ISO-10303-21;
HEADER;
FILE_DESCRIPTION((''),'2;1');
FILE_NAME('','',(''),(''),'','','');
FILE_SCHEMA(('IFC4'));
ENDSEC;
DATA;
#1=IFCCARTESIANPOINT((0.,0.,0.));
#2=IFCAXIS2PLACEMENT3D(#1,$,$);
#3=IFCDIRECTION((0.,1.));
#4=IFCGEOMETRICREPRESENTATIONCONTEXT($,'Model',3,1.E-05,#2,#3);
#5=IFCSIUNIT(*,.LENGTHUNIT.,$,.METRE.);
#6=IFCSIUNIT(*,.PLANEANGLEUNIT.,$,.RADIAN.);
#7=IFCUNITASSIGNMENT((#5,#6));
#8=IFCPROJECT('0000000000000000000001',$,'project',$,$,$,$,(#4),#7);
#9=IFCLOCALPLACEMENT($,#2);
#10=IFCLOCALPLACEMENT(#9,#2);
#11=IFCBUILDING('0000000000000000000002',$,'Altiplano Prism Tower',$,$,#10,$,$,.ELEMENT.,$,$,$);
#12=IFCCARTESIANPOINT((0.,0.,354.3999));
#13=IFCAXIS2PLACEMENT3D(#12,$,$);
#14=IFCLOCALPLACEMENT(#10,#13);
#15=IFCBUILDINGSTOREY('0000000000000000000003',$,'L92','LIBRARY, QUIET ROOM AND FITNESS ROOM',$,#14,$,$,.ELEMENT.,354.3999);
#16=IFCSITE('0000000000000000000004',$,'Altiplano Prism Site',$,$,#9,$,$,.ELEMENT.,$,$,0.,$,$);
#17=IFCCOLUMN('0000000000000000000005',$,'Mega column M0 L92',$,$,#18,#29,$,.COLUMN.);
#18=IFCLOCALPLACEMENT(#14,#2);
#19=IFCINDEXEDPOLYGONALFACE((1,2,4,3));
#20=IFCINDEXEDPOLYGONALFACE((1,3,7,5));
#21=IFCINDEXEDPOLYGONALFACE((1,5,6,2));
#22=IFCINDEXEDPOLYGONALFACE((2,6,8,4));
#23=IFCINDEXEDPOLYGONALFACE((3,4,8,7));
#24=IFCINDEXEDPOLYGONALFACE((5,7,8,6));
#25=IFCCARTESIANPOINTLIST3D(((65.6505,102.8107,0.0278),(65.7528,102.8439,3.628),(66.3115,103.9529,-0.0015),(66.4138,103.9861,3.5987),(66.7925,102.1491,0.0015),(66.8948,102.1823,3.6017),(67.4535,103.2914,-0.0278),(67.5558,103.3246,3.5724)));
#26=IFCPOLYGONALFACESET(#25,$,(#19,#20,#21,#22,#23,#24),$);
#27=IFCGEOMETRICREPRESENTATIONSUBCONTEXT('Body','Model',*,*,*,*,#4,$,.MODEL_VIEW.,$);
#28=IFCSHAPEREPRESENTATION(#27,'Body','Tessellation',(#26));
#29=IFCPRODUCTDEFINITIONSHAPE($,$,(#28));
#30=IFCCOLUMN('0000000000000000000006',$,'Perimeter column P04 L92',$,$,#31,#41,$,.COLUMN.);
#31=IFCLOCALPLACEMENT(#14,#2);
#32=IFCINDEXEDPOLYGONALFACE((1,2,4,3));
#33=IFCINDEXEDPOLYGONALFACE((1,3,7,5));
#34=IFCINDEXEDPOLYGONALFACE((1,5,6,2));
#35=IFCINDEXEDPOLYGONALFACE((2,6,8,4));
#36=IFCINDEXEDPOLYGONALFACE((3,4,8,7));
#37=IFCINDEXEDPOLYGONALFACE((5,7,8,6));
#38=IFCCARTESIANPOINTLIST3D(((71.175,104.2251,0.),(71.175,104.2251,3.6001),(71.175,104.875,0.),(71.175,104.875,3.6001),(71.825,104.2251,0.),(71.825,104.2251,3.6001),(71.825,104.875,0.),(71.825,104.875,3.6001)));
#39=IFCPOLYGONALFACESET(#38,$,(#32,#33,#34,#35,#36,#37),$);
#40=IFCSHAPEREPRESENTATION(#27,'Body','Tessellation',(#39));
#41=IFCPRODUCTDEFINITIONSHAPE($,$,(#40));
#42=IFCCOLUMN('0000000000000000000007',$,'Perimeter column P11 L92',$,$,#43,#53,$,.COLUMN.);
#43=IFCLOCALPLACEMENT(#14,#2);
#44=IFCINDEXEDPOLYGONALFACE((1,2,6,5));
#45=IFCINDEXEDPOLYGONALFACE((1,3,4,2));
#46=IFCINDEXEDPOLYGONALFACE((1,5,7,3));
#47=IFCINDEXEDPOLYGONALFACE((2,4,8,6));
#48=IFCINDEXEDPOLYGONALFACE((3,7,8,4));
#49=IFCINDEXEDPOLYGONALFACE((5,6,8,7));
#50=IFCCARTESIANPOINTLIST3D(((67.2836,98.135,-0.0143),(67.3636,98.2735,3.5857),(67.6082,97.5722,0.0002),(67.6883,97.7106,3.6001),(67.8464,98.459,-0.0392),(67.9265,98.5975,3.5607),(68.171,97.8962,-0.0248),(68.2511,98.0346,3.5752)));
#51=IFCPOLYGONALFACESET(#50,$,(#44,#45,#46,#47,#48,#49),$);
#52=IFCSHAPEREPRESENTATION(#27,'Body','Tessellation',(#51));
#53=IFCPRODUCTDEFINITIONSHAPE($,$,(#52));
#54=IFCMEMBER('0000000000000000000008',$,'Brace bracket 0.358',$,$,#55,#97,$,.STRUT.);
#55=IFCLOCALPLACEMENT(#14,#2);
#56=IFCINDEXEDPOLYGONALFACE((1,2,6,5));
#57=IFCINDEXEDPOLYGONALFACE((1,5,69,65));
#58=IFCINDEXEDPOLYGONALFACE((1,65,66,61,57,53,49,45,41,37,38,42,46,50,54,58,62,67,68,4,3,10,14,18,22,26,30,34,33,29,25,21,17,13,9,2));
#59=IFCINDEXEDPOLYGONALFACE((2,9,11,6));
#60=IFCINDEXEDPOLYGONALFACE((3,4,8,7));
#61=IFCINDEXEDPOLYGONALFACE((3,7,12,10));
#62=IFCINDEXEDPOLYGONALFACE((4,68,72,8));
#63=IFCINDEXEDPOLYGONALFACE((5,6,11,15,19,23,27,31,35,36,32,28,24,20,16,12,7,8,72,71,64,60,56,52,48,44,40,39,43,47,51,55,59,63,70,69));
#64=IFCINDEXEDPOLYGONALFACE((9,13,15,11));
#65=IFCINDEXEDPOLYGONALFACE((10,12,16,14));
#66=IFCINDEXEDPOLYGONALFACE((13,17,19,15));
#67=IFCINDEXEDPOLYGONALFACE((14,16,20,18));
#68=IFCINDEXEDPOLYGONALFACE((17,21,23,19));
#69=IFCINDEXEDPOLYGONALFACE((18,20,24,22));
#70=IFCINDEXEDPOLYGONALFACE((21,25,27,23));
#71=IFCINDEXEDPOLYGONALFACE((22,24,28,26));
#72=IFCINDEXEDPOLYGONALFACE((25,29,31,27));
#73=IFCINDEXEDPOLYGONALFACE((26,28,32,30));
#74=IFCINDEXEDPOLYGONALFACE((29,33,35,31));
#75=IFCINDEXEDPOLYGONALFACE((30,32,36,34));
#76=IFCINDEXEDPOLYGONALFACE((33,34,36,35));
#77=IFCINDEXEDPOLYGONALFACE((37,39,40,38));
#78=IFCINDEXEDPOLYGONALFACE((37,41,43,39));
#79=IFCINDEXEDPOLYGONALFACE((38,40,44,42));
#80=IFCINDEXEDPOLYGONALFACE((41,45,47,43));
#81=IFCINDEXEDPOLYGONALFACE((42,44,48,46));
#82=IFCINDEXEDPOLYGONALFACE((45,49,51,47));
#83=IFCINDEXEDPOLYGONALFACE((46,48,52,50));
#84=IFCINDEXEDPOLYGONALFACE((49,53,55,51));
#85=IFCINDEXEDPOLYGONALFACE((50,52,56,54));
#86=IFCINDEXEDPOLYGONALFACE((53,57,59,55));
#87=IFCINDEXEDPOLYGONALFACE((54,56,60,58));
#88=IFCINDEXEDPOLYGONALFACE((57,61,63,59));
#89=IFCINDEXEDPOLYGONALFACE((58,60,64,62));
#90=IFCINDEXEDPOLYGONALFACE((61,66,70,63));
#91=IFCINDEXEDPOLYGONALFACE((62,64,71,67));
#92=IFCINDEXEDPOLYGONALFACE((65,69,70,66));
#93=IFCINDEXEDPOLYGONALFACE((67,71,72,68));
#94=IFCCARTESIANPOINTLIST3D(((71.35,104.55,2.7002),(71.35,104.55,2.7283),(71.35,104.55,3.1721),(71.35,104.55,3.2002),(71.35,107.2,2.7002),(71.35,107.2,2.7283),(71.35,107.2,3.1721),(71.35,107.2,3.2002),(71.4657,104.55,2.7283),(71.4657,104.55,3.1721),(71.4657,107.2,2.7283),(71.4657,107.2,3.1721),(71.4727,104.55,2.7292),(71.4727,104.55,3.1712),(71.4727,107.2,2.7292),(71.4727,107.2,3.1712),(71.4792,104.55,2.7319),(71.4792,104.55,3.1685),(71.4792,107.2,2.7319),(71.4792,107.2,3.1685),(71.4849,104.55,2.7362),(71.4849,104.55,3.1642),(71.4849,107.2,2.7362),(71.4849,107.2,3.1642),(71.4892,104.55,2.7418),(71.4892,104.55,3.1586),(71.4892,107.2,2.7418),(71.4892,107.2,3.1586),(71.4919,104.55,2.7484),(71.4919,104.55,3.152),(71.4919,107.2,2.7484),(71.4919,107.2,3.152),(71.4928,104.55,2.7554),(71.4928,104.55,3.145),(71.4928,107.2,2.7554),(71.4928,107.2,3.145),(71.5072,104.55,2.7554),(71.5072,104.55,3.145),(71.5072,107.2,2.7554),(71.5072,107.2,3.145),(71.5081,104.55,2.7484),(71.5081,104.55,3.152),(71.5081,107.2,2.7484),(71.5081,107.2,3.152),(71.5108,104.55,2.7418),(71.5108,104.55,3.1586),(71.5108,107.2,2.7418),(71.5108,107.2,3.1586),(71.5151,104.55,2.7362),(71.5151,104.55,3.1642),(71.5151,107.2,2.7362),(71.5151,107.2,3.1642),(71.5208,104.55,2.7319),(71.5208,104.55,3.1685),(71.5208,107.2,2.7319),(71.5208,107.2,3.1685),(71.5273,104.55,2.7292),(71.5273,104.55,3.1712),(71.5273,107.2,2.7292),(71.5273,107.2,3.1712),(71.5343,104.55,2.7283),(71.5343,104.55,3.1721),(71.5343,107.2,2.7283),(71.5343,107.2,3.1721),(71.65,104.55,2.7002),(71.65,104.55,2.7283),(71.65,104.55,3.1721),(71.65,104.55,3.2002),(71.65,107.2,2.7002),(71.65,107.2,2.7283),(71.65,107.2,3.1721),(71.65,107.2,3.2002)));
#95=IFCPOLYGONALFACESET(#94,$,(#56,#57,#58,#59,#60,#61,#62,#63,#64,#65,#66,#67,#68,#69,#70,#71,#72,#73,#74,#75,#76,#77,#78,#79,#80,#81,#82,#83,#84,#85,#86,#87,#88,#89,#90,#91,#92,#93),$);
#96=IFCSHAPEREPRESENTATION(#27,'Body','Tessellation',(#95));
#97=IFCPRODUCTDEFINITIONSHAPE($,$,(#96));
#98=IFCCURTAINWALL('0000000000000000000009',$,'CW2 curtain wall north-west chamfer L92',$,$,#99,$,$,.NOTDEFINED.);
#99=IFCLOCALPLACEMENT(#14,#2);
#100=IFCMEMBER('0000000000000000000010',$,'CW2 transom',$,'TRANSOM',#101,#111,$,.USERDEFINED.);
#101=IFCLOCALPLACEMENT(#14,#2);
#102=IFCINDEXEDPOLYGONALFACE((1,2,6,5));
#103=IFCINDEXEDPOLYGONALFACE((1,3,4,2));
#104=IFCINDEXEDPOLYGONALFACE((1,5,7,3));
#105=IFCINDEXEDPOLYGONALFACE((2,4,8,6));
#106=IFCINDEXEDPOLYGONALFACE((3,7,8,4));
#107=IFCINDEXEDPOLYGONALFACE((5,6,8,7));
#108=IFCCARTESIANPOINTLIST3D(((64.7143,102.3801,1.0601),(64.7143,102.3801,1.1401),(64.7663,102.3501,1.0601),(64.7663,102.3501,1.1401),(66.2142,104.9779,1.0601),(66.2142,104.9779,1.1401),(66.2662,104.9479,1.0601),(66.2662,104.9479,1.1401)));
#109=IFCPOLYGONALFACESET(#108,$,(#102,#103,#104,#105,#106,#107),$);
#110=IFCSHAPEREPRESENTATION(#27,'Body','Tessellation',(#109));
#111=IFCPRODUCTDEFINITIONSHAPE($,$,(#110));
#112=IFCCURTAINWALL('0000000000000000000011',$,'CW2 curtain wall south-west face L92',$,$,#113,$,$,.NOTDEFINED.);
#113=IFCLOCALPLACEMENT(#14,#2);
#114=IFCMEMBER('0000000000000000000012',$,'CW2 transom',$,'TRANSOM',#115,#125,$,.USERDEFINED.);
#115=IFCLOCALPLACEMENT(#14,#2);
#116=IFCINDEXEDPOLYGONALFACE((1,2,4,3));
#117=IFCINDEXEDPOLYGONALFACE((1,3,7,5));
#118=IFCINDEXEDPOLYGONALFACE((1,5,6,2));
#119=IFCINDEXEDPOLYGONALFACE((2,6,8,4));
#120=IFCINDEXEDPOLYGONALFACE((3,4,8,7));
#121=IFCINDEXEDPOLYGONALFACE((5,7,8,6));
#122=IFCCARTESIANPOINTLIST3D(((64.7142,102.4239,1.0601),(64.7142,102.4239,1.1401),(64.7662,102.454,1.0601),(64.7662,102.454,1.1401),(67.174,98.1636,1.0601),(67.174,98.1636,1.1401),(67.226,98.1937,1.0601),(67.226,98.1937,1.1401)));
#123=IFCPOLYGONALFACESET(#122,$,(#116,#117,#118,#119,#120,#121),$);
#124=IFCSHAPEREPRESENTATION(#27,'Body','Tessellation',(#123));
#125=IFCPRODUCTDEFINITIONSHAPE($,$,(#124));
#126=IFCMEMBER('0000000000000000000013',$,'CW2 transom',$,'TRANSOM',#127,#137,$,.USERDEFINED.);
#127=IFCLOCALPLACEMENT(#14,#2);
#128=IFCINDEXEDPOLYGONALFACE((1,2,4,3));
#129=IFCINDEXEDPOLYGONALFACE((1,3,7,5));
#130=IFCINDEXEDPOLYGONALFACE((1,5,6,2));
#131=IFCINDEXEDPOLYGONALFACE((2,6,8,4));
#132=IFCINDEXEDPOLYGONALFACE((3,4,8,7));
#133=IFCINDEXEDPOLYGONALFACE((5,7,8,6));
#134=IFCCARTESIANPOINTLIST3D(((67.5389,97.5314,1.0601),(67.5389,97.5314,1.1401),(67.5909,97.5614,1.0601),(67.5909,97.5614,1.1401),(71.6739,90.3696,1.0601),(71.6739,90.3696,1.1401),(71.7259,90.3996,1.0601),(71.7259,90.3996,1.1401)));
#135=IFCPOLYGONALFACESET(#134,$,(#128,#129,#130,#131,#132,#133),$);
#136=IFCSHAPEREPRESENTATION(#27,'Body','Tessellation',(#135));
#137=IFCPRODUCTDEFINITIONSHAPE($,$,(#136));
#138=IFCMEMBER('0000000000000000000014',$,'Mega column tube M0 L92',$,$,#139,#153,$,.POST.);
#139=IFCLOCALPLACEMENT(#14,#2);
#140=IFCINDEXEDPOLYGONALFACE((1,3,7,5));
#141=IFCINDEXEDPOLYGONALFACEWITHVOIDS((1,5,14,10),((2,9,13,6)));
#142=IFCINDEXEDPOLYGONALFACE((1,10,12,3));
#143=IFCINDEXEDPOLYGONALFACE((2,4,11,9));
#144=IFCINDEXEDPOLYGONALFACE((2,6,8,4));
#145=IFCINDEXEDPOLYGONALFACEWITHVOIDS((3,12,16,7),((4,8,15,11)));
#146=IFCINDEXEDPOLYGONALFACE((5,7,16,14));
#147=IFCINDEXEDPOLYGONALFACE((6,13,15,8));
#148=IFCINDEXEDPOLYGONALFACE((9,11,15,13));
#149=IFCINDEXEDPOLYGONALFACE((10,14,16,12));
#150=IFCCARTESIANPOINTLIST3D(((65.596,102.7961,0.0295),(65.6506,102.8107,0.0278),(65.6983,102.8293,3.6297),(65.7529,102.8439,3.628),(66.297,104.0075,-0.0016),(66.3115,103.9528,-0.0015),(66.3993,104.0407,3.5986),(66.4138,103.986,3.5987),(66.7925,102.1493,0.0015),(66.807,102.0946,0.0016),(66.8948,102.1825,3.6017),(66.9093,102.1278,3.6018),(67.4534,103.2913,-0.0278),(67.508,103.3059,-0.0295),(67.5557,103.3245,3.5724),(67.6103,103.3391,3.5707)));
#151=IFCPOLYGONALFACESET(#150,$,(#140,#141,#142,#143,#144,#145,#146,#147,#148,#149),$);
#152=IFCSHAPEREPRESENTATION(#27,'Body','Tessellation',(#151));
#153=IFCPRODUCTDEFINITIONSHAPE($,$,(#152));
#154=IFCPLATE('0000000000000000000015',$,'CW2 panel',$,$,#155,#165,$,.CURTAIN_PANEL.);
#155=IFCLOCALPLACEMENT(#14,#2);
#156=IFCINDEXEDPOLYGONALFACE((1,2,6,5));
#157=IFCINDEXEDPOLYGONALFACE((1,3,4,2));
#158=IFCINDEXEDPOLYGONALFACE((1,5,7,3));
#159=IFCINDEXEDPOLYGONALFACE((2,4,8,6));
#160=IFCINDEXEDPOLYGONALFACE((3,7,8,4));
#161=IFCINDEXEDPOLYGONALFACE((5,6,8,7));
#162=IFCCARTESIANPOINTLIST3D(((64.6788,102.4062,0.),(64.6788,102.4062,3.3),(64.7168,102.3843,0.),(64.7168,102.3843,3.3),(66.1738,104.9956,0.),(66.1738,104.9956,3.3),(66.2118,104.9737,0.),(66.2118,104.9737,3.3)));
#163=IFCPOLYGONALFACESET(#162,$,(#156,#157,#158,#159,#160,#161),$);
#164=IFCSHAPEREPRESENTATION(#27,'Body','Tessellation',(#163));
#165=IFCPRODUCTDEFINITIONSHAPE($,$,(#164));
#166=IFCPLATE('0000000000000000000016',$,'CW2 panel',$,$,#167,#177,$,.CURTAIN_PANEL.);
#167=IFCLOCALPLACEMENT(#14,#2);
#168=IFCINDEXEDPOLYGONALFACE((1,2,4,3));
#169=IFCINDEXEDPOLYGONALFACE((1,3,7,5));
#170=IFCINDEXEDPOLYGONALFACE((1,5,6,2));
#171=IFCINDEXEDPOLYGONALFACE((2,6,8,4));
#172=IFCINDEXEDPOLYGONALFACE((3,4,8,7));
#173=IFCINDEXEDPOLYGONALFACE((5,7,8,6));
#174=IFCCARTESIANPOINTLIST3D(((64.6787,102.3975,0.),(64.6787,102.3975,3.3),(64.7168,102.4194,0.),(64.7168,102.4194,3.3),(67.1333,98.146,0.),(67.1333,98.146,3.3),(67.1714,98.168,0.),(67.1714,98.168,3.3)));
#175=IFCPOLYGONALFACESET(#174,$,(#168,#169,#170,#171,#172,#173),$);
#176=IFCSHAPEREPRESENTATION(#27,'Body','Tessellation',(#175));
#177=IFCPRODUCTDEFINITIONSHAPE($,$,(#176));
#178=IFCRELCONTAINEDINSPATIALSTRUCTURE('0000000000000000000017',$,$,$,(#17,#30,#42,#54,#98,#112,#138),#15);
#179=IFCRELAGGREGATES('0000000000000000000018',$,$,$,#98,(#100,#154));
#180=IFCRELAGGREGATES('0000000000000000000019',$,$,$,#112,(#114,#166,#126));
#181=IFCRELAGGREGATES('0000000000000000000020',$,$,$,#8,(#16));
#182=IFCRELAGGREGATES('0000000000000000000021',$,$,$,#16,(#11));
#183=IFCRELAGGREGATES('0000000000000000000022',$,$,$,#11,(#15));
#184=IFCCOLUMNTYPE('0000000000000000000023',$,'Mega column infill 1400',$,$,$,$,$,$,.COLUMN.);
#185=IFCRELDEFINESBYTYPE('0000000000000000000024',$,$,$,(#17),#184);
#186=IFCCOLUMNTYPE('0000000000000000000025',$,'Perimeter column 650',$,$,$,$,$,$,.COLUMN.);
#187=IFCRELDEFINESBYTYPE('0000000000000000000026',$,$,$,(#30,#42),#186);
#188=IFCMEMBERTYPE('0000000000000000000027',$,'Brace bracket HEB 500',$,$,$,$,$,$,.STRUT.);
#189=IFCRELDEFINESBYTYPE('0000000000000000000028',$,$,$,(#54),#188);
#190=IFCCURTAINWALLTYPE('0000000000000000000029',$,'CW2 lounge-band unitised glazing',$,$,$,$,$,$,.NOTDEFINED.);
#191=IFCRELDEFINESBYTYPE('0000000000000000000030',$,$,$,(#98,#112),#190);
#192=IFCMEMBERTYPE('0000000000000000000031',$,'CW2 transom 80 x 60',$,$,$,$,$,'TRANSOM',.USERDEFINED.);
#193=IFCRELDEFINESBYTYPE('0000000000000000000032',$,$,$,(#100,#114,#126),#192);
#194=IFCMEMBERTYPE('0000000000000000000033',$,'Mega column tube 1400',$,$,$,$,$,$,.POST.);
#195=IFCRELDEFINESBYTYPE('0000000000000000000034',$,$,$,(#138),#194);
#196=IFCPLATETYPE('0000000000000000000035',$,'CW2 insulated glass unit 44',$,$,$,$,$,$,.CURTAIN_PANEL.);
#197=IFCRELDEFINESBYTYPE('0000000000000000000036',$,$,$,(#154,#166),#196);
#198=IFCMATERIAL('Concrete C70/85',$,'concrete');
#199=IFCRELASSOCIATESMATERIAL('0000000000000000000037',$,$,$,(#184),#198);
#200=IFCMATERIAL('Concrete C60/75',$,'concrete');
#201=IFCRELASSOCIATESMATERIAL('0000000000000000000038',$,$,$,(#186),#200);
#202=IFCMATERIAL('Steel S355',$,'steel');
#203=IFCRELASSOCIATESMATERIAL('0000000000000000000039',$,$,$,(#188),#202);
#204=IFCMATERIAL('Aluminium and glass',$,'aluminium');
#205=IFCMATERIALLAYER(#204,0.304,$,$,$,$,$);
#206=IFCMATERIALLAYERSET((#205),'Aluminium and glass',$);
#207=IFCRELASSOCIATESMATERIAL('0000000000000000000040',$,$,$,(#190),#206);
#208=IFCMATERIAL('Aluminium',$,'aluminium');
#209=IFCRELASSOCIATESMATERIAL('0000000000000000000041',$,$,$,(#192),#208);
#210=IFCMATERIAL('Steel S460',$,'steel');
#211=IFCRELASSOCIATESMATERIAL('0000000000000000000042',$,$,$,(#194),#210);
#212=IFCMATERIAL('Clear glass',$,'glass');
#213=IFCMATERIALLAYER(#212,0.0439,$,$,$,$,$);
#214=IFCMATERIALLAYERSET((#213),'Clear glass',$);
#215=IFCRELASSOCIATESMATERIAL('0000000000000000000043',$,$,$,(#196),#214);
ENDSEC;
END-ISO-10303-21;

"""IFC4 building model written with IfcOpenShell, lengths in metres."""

from ifc_helpers import new_model, si_unit, direction, frame, origin, origin_2d, place, context, subcontext, project, spatial, rectangle, hollow_rectangle, i_section, extrude, material, layer, layer_set, material_profile, profile_set, type_object, element, aggregate, save


model = new_model("IFC4")

# Units and contexts
model_context = context("Model", 3, precision=1e-05, world=origin(), true_north=direction((0.0, 1.0)))
body_context = subcontext(model_context, "Body", "Model", "MODEL_VIEW")
ifc_project = project(units=[si_unit("LENGTHUNIT", "METRE"), si_unit("PLANEANGLEUNIT", "RADIAN")], contexts=[model_context])

# Site, building, storey
site_placement = place(None, origin())
site = spatial("IfcSite", under=ifc_project, at=site_placement, Name="Altiplano Prism Site", CompositionType="ELEMENT", RefElevation=0.0)
building_placement = place(site_placement, origin())
building = spatial("IfcBuilding", under=site, at=building_placement, Name="Altiplano Prism Tower", CompositionType="ELEMENT")
storey_placement = place(building_placement, frame((0.0, 0.0, 354.3999)))
storey = spatial("IfcBuildingStorey", under=building, at=storey_placement, Name="L92", Description="LIBRARY, QUIET ROOM AND FITNESS ROOM", CompositionType="ELEMENT", Elevation=354.3999)

# Columns
ifc_material_1 = material(Name="Concrete C70/85", Category="concrete")
ifc_material_profile_1 = material_profile(ifc_material_1, rectangle(XDim=1.3201, YDim=1.3201, at=origin_2d()), Name="Mega column infill 1400")
ifc_profile_set_1 = profile_set([ifc_material_profile_1], Name="Concrete C70/85")
column_type_1 = type_object("IfcColumnType", Name="Mega column infill 1400", PredefinedType="COLUMN", material=ifc_profile_set_1)
column_1_placement = place(storey_placement, frame((66.552, 103.051, 0.0), z_axis=(0.028402, 0.009219, 0.999554), x_axis=(-0.865124, 0.50116, 0.01996)))
element("IfcColumn", 1, at=column_1_placement, inside=storey, type_object=column_type_1, Name="Mega column M0 L92", PredefinedType="COLUMN", context=body_context, shape_type="SweptSolid", body=[
    extrude(rectangle(XDim=1.3201, YDim=1.3201, at=origin_2d()), origin(), (0.0, 0.0, 1.0), 3.6018),
])
ifc_material_2 = material(Name="Concrete C60/75", Category="concrete")
ifc_material_profile_2 = material_profile(ifc_material_2, rectangle(XDim=0.6499, YDim=0.6499, at=origin_2d()), Name="Perimeter column 650")
ifc_profile_set_2 = profile_set([ifc_material_profile_2], Name="Concrete C60/75")
column_type_2 = type_object("IfcColumnType", Name="Perimeter column 650", PredefinedType="COLUMN", material=ifc_profile_set_2)
column_2_placement = place(storey_placement, frame((71.5, 104.55, 0.0), z_axis=(0.0, 0.0, 1.0), x_axis=(1.0, 0.0, 0.0)))
element("IfcColumn", 2, at=column_2_placement, inside=storey, type_object=column_type_2, Name="Perimeter column P04 L92", PredefinedType="COLUMN", context=body_context, shape_type="SweptSolid", body=[
    extrude(rectangle(XDim=0.6499, YDim=0.6499, at=origin_2d()), origin(), (0.0, 0.0, 1.0), 3.6001),
])
column_3_placement = place(storey_placement, frame((67.7273, 98.0156, -0.0195), z_axis=(0.022223, 0.038416, 0.999015), x_axis=(-0.866021, -0.498528, 0.038435)))
element("IfcColumn", 3, at=column_3_placement, inside=storey, type_object=column_type_2, Name="Perimeter column P11 L92", PredefinedType="COLUMN", context=body_context, shape_type="SweptSolid", body=[
    extrude(rectangle(XDim=0.6499, YDim=0.6499, at=origin_2d()), origin(), (0.0, 0.0, 1.0), 3.6035),
])

# Member
ifc_material_3 = material(Name="Steel S355", Category="steel")
ifc_material_profile_3 = material_profile(ifc_material_3, i_section(OverallWidth=0.3, OverallDepth=0.5, WebThickness=0.0144, FlangeThickness=0.0281, FilletRadius=0.0271, at=origin_2d()), Name="Brace bracket HEB 500")
ifc_profile_set_3 = profile_set([ifc_material_profile_3], Name="Steel S355")
member_type_1 = type_object("IfcMemberType", Name="Brace bracket HEB 500", PredefinedType="STRUT", material=ifc_profile_set_3)
member_1_placement = place(storey_placement, frame((71.5, 104.55, 2.9502), z_axis=(0.0, 1.0, 0.0), x_axis=(-1.0, 0.0, 0.0)))
element("IfcMember", 4, at=member_1_placement, inside=storey, type_object=member_type_1, Name="Brace bracket 0.358", PredefinedType="STRUT", context=body_context, shape_type="SweptSolid", body=[
    extrude(i_section(OverallWidth=0.3, OverallDepth=0.5, WebThickness=0.0144, FlangeThickness=0.0281, FilletRadius=0.0271, at=origin_2d()), origin(), (0.0, 0.0, 1.0), 2.6499),
])

# Curtain wall, member
ifc_material_4 = material(Name="Aluminium and glass", Category="aluminium")
ifc_layer_1 = layer(ifc_material_4, 0.304)
ifc_layer_set_1 = layer_set([ifc_layer_1], Name="Aluminium and glass")
curtain_wall_type = type_object("IfcCurtainWallType", Name="CW2 lounge-band unitised glazing", PredefinedType="NOTDEFINED", material=ifc_layer_set_1)
curtain_wall_1_placement = place(storey_placement, origin())
curtain_wall_1 = element("IfcCurtainWall", 5, at=curtain_wall_1_placement, inside=storey, type_object=curtain_wall_type, Name="CW2 curtain wall north-west chamfer L92", PredefinedType="NOTDEFINED")
ifc_material_5 = material(Name="Aluminium", Category="aluminium")
ifc_material_profile_4 = material_profile(ifc_material_5, rectangle(XDim=0.0601, YDim=0.0801, at=origin_2d()), Name="CW2 transom 80 x 60")
ifc_profile_set_4 = profile_set([ifc_material_profile_4], Name="Aluminium")
member_type_2 = type_object("IfcMemberType", Name="CW2 transom 80 x 60", ElementType="TRANSOM", PredefinedType="USERDEFINED", material=ifc_profile_set_4)
member_2_placement = place(storey_placement, frame((66.2402, 104.9629, 1.1001), z_axis=(-0.500025, -0.866011, 0.0), x_axis=(0.866011, -0.500025, 0.0)))
member_2 = element("IfcMember", 6, at=member_2_placement, type_object=member_type_2, Name="CW2 transom", ObjectType="TRANSOM", PredefinedType="USERDEFINED", context=body_context, shape_type="SweptSolid", body=[
    extrude(rectangle(XDim=0.0601, YDim=0.0801, at=origin_2d()), origin(), (0.0, 0.0, 1.0), 2.9998),
])

# Curtain wall, members
curtain_wall_2_placement = place(storey_placement, origin())
curtain_wall_2 = element("IfcCurtainWall", 7, at=curtain_wall_2_placement, inside=storey, type_object=curtain_wall_type, Name="CW2 curtain wall south-west face L92", PredefinedType="NOTDEFINED")
member_3_placement = place(storey_placement, frame((64.7402, 102.439, 1.1001), z_axis=(0.500009, -0.86602, 0.0), x_axis=(0.86602, 0.500009, 0.0)))
member_3 = element("IfcMember", 8, at=member_3_placement, type_object=member_type_2, Name="CW2 transom", ObjectType="TRANSOM", PredefinedType="USERDEFINED", context=body_context, shape_type="SweptSolid", body=[
    extrude(rectangle(XDim=0.0601, YDim=0.0801, at=origin_2d()), origin(), (0.0, 0.0, 1.0), 4.9194),
])
member_4_placement = place(storey_placement, frame((67.5649, 97.5464, 1.1001), z_axis=(0.50001, -0.86602, 0.0), x_axis=(0.86602, 0.50001, 0.0)))
member_4 = element("IfcMember", 9, at=member_4_placement, type_object=member_type_2, Name="CW2 transom", ObjectType="TRANSOM", PredefinedType="USERDEFINED", context=body_context, shape_type="SweptSolid", body=[
    extrude(rectangle(XDim=0.0601, YDim=0.0801, at=origin_2d()), origin(), (0.0, 0.0, 1.0), 8.2698),
])

# Member
ifc_material_6 = material(Name="Steel S460", Category="steel")
ifc_material_profile_5 = material_profile(ifc_material_6, hollow_rectangle(XDim=1.3999, YDim=1.3999, WallThickness=0.04, at=origin_2d()), Name="Mega column tube 1400")
ifc_profile_set_5 = profile_set([ifc_material_profile_5], Name="Steel S460")
member_type_3 = type_object("IfcMemberType", Name="Mega column tube 1400", PredefinedType="POST", material=ifc_profile_set_5)
member_5_placement = place(storey_placement, frame((66.552, 103.051, 0.0), z_axis=(0.028402, 0.009219, 0.999554), x_axis=(-0.865124, 0.50116, 0.01996)))
element("IfcMember", 10, at=member_5_placement, inside=storey, type_object=member_type_3, Name="Mega column tube M0 L92", PredefinedType="POST", context=body_context, shape_type="SweptSolid", body=[
    extrude(hollow_rectangle(XDim=1.3999, YDim=1.3999, WallThickness=0.04, at=origin_2d()), origin(), (0.0, 0.0, 1.0), 3.6018),
])

# Plates
ifc_material_7 = material(Name="Clear glass", Category="glass")
ifc_layer_2 = layer(ifc_material_7, 0.0439)
ifc_layer_set_2 = layer_set([ifc_layer_2], Name="Clear glass")
plate_type = type_object("IfcPlateType", Name="CW2 insulated glass unit 44", PredefinedType="CURTAIN_PANEL", material=ifc_layer_set_2)
plate_1_placement = place(storey_placement, frame((65.4453, 103.6899, 0.0), z_axis=(0.0, 0.0, 1.0), x_axis=(-0.5, -0.866025, 0.0)))
plate_1 = element("IfcPlate", 11, at=plate_1_placement, type_object=plate_type, Name="CW2 panel", PredefinedType="CURTAIN_PANEL", context=body_context, shape_type="SweptSolid", body=[
    extrude(rectangle(XDim=2.99, YDim=0.0439, at=origin_2d()), origin(), (0.0, 0.0, 1.0), 3.3),
])
aggregate(curtain_wall_1, [member_2, plate_1])
plate_2_placement = place(storey_placement, frame((65.925, 100.2827, 0.0), z_axis=(0.0, 0.0, 1.0), x_axis=(0.5, -0.866025, 0.0)))
plate_2 = element("IfcPlate", 12, at=plate_2_placement, type_object=plate_type, Name="CW2 panel", PredefinedType="CURTAIN_PANEL", context=body_context, shape_type="SweptSolid", body=[
    extrude(rectangle(XDim=4.9092, YDim=0.0439, at=origin_2d()), origin(), (0.0, 0.0, 1.0), 3.3),
])
aggregate(curtain_wall_2, [member_3, plate_2, member_4])

save(model, "model.ifc")
